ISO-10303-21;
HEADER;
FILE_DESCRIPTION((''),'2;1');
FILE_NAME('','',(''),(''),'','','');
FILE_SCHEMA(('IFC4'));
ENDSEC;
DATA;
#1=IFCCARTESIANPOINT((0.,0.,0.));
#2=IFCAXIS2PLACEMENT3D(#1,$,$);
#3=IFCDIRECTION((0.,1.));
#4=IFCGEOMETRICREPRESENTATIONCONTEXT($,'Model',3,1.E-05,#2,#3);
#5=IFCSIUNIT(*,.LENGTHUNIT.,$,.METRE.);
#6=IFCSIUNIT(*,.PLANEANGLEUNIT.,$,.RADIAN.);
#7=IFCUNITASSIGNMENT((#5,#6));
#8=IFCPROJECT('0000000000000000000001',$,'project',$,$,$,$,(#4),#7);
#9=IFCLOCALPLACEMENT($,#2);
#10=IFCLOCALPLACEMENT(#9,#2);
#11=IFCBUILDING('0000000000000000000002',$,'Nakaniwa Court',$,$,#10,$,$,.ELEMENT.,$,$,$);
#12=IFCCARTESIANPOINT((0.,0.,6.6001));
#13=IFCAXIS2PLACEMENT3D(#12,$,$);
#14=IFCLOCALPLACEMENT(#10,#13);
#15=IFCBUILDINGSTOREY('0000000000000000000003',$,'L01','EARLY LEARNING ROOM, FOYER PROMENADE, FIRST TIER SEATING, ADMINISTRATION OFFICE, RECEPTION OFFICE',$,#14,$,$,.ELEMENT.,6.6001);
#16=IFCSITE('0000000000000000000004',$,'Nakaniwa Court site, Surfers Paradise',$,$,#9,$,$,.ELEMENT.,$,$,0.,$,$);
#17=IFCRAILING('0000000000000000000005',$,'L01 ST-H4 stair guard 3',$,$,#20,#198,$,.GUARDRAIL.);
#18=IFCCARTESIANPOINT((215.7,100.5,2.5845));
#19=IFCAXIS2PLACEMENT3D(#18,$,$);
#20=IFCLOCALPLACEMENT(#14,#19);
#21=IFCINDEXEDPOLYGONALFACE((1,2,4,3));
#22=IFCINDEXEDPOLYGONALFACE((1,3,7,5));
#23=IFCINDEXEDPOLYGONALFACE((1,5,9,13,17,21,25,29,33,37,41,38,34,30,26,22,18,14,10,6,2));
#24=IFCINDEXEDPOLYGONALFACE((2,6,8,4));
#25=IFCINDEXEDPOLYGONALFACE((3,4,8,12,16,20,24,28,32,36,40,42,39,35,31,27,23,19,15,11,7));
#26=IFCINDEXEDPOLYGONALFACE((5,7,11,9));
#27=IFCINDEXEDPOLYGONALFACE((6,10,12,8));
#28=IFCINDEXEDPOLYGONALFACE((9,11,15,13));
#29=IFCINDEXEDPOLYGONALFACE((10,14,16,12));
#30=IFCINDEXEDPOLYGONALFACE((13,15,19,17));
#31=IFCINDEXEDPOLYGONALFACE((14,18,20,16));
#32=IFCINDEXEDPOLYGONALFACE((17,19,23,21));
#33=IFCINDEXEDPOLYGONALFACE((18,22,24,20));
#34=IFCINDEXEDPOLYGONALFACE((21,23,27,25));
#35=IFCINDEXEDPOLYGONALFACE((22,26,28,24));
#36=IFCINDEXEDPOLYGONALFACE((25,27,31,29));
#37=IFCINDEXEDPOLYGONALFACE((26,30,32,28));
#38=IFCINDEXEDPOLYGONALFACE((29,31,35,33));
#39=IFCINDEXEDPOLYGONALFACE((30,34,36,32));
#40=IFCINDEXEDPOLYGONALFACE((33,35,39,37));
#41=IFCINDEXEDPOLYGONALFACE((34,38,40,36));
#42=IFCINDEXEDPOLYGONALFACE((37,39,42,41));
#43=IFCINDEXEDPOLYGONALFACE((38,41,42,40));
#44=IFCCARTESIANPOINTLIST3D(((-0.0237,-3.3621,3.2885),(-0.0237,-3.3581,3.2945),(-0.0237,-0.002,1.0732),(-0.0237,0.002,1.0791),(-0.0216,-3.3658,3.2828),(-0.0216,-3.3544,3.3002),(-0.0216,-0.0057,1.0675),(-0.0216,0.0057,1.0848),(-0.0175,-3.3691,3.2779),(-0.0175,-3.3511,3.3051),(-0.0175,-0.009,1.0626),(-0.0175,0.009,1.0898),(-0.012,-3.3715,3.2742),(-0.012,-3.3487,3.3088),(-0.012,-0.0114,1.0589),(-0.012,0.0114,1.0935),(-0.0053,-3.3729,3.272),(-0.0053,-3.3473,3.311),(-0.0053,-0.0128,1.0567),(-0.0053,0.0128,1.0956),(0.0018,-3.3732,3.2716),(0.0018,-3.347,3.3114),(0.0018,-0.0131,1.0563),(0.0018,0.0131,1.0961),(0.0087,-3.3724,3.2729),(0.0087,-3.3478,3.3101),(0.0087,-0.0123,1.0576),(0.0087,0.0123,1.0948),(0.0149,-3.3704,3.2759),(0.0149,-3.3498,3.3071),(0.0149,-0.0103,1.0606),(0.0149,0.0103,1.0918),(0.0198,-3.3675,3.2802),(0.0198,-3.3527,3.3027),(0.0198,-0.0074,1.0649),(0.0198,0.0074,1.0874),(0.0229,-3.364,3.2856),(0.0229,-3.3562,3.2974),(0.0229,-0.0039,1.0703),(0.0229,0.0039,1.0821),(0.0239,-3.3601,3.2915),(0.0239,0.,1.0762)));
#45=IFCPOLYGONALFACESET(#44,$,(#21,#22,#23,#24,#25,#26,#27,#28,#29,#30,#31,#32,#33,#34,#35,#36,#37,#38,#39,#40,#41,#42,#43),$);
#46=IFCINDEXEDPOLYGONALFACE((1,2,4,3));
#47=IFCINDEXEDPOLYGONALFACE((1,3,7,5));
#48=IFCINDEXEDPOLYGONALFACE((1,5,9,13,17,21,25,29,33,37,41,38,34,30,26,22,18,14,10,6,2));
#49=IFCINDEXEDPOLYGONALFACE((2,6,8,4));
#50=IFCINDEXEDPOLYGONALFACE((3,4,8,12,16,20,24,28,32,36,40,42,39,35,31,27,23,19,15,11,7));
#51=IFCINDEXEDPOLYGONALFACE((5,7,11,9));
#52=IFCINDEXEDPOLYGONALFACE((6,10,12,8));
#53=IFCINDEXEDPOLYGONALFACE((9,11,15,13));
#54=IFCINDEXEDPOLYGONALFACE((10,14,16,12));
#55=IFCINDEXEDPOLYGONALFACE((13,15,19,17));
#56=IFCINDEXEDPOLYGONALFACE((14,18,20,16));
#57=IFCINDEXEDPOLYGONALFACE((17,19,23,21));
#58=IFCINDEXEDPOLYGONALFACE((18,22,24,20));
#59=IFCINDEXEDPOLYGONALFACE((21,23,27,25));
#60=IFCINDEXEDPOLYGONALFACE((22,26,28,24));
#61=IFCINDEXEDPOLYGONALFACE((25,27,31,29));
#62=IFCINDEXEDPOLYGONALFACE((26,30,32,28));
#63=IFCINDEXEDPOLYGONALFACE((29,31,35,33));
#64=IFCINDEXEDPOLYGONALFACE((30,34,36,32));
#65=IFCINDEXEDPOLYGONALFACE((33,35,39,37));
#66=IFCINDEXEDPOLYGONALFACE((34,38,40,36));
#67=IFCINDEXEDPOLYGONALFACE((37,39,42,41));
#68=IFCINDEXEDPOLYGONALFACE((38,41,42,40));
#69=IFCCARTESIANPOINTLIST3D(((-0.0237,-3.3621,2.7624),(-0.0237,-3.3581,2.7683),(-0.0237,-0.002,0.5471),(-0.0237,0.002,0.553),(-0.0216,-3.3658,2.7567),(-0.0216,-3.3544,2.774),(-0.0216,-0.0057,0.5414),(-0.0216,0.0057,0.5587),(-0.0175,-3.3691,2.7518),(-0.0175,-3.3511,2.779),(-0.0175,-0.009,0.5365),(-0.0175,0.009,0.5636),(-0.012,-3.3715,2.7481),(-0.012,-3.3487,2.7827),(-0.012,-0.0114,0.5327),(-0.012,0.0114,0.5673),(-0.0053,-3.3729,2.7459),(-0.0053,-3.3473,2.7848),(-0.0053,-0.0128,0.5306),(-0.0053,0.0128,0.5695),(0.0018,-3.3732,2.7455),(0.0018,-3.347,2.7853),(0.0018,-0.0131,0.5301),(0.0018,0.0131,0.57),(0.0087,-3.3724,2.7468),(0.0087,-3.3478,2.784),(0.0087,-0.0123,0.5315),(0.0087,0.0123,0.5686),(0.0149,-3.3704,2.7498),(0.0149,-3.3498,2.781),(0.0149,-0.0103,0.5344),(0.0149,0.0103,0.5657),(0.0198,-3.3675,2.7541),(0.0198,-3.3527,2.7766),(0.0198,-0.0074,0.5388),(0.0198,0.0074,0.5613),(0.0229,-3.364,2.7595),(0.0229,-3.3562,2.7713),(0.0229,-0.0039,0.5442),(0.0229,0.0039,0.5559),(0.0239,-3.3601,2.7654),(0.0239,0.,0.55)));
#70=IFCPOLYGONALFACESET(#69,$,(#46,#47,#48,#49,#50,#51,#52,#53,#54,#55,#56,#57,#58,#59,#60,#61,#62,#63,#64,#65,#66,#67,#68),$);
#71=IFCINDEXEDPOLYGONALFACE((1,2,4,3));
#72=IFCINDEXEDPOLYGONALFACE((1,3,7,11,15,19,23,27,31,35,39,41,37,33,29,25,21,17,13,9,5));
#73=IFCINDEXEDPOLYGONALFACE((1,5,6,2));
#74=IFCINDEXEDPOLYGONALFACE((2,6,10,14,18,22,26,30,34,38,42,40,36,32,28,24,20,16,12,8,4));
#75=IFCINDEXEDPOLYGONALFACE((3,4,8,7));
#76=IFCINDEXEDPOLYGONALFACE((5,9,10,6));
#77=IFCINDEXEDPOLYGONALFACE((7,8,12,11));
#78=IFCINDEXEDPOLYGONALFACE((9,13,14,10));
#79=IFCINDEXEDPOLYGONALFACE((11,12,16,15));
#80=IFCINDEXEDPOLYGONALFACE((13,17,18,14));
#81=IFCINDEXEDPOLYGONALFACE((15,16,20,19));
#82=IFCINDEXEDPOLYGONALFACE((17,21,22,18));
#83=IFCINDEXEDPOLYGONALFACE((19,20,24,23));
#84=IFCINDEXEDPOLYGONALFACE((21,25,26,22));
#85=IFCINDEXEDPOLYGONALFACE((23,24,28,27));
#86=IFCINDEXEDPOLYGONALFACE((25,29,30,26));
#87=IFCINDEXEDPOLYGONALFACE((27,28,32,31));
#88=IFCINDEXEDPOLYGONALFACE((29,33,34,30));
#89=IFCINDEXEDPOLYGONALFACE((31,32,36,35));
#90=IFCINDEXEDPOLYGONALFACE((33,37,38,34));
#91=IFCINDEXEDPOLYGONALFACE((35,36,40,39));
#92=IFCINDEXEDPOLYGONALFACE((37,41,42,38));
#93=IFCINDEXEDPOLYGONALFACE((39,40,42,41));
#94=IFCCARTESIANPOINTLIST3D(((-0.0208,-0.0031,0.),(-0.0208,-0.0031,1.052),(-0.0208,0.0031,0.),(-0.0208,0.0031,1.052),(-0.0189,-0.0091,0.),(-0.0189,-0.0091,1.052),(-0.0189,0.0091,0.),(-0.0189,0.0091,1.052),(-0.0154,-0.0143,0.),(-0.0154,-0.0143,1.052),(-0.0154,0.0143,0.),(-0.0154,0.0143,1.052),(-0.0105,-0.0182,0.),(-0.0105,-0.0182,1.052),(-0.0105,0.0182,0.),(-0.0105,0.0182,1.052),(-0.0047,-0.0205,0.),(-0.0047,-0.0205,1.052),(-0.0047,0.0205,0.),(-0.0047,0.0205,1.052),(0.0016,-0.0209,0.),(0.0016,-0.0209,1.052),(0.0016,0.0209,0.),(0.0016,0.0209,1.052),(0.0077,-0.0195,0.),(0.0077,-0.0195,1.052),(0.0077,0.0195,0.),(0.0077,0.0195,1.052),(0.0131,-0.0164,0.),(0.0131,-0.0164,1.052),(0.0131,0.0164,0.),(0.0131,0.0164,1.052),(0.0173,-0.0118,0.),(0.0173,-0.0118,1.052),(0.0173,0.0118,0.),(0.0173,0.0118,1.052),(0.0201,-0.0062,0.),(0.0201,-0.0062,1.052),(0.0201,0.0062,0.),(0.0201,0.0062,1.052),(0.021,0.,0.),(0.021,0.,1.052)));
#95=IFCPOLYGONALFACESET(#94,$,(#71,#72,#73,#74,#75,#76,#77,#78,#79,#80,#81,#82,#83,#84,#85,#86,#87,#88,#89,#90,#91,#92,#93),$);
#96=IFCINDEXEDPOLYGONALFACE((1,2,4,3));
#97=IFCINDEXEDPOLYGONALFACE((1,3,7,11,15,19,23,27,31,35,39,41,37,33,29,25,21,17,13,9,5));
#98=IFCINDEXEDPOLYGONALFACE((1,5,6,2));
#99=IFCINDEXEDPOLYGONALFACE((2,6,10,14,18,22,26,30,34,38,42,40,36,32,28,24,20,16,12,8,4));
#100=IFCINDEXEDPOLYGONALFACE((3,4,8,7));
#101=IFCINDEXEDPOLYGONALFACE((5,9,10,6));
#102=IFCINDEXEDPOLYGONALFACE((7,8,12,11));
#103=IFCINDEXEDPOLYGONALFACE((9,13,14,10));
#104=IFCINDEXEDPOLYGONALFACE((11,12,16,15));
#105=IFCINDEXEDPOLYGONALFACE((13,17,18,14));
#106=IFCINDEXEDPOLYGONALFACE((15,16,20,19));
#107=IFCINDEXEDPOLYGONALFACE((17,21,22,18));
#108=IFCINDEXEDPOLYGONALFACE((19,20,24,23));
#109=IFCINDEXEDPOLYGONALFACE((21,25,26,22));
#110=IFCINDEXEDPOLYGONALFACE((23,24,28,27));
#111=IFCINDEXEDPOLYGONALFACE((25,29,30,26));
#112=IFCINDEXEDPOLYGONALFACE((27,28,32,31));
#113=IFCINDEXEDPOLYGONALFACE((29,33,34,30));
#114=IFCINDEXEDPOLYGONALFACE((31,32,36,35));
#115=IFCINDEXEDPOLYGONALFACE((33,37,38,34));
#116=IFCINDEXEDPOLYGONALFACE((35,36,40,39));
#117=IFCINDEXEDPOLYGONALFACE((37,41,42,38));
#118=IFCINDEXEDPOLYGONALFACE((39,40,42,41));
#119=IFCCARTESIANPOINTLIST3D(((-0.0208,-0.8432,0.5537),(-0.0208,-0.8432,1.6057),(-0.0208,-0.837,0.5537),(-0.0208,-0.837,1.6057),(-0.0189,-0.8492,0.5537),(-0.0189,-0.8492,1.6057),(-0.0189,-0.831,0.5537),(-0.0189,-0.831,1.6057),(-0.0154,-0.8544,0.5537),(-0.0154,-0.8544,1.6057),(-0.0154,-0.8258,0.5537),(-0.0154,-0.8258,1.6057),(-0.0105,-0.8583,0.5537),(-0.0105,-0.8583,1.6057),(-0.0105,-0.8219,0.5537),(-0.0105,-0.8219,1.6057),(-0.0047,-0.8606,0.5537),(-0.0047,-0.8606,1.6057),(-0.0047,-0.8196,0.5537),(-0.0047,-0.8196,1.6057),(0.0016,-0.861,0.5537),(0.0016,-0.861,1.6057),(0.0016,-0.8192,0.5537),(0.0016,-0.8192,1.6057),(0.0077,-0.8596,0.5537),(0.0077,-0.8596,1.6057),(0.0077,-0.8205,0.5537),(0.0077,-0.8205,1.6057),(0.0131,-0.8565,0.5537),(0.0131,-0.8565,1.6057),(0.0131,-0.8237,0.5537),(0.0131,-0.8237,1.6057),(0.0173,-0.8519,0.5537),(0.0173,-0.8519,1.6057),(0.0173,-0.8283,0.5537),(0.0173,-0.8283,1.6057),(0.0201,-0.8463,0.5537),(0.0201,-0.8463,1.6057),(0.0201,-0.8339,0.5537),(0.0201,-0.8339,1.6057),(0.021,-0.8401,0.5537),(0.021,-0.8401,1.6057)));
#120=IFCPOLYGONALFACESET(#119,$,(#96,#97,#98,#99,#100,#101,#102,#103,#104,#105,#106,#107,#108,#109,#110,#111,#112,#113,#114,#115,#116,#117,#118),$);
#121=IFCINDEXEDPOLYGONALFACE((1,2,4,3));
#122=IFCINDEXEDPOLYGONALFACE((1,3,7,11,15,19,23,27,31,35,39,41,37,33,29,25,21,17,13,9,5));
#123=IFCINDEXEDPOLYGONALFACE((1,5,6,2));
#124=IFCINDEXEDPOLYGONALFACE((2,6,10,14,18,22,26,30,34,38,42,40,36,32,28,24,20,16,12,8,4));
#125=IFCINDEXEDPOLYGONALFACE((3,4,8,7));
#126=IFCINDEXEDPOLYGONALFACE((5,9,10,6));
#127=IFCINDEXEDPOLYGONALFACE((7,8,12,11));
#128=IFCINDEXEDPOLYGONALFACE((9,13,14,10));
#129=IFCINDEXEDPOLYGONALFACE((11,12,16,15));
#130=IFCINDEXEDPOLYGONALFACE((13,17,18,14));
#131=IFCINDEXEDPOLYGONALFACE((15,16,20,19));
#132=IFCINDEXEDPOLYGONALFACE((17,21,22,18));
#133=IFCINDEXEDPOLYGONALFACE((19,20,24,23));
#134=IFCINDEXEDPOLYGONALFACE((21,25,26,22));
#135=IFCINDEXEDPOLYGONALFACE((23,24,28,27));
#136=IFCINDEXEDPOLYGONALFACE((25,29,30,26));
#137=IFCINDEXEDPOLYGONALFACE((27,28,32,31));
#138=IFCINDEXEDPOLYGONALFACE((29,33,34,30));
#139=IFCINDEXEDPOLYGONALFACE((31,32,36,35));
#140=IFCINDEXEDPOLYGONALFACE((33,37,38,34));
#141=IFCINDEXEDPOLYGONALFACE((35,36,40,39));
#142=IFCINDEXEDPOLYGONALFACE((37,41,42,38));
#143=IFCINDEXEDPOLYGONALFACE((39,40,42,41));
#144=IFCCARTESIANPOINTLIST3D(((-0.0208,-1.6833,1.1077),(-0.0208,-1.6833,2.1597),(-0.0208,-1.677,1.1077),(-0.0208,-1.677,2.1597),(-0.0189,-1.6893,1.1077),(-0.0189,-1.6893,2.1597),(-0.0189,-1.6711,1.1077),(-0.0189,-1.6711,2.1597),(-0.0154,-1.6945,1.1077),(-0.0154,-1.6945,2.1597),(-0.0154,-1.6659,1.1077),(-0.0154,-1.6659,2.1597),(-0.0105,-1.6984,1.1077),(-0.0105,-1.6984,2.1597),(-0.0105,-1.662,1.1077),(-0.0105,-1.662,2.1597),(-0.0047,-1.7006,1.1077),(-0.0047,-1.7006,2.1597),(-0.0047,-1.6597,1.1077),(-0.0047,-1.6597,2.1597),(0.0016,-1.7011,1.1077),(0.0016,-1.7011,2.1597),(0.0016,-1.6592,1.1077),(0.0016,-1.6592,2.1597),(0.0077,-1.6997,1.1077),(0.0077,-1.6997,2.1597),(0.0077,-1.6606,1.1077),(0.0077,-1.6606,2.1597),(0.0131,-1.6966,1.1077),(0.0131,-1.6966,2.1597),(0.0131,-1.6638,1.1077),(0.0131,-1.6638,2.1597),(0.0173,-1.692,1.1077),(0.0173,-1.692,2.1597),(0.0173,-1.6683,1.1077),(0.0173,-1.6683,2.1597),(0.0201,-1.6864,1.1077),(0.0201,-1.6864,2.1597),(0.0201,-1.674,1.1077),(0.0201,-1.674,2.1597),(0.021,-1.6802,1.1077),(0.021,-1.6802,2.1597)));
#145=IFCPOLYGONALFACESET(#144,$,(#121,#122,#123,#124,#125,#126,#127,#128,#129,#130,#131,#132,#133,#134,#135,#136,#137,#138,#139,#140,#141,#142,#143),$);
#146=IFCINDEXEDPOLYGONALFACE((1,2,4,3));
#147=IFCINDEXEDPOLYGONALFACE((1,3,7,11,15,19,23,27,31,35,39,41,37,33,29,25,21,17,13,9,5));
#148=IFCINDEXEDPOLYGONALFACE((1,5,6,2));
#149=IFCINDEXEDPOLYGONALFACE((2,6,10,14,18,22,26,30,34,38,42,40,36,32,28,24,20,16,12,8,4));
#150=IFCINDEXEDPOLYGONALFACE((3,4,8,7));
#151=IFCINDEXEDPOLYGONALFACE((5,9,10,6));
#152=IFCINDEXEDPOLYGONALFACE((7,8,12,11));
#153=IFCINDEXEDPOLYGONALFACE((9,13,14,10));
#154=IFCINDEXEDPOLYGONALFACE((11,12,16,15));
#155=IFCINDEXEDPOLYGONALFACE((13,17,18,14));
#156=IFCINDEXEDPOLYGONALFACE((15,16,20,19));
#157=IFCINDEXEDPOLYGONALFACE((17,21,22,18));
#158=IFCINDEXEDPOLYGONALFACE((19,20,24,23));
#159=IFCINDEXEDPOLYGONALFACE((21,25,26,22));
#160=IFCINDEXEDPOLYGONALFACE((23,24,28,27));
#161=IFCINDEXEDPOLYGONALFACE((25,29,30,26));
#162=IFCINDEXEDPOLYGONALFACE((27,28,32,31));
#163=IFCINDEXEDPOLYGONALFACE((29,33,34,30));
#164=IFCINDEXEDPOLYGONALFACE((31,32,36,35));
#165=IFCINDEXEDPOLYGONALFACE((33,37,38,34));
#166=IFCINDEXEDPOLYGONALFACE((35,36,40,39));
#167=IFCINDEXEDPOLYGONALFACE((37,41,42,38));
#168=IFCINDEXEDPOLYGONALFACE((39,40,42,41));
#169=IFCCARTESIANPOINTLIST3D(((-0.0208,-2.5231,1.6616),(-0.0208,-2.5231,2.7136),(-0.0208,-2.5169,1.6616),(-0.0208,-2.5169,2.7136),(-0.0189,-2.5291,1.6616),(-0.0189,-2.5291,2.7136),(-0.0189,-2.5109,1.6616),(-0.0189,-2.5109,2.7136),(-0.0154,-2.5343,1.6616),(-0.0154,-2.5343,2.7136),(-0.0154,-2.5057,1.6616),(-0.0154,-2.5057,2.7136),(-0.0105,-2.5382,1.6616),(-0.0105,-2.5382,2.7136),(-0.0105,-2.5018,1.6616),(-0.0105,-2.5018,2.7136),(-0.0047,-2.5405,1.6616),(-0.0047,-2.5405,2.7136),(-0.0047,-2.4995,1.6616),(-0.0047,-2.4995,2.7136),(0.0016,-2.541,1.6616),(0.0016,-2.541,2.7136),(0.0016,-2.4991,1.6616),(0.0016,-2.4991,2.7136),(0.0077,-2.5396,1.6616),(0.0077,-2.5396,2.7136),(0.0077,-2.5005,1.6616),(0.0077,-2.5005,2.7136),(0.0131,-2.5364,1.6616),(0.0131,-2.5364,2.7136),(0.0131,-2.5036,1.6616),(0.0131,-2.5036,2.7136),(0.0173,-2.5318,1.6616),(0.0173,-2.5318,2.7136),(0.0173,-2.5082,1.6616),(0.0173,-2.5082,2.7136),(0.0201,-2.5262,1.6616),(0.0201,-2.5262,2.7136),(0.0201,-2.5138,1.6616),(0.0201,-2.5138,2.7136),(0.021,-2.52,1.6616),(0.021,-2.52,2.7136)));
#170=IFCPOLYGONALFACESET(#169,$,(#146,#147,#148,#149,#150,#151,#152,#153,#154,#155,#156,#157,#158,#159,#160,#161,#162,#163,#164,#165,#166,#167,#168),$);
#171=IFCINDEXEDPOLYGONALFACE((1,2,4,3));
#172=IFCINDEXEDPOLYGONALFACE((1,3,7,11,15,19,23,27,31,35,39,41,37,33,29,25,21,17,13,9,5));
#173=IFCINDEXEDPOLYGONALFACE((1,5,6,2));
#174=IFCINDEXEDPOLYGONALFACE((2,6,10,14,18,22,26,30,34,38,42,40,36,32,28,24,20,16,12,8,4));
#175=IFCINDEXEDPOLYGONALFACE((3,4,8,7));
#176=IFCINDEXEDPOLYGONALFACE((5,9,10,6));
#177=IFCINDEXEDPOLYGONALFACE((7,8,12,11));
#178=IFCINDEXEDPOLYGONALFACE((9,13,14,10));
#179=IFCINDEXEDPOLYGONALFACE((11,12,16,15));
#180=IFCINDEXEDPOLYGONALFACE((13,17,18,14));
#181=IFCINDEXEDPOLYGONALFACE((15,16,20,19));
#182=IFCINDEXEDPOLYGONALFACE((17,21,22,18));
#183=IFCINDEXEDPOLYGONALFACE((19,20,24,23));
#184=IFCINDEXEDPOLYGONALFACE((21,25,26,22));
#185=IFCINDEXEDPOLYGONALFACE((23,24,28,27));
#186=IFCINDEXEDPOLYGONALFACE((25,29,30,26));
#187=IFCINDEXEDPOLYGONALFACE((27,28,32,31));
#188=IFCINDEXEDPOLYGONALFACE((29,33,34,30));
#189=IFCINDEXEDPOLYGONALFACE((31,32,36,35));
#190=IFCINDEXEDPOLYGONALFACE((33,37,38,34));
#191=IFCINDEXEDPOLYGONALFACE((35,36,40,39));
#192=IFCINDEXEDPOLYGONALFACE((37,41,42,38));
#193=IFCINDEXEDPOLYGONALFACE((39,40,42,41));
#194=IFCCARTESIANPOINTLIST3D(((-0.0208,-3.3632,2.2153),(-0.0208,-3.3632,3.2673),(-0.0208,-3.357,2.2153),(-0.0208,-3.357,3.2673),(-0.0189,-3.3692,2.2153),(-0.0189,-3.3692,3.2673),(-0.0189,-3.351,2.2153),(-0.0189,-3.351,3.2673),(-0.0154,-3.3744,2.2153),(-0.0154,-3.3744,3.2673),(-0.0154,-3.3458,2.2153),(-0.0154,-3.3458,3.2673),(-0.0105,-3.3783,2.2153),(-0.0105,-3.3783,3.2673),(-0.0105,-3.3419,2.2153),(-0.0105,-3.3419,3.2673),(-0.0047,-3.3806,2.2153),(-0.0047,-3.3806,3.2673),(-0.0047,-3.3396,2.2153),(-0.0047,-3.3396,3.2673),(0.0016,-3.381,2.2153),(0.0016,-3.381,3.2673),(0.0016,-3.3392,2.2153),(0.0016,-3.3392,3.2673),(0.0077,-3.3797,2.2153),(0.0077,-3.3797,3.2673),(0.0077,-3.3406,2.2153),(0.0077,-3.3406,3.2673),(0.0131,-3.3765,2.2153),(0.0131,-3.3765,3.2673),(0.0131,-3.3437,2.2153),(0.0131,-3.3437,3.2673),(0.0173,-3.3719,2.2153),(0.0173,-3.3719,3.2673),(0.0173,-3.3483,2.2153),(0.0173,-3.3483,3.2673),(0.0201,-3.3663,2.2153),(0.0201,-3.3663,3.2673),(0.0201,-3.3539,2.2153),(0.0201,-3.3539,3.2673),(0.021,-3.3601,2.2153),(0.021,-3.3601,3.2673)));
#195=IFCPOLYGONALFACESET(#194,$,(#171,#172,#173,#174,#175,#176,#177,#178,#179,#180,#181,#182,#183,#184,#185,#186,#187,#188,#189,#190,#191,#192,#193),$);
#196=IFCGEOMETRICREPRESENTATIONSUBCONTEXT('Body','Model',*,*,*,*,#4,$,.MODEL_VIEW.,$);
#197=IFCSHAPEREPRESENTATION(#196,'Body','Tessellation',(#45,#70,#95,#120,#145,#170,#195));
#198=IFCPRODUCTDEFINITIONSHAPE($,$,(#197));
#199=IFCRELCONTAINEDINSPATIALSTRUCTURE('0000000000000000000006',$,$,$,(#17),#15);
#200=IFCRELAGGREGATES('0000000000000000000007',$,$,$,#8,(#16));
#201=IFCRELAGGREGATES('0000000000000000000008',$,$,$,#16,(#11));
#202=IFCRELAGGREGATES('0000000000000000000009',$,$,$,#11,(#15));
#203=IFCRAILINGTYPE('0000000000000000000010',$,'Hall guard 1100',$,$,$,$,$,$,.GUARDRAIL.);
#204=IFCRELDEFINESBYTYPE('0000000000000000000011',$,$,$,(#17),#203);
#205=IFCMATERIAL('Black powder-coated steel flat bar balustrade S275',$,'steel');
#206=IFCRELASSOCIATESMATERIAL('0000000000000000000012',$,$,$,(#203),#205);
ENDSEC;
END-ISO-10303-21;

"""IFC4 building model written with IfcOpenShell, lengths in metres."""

from ifc_helpers import new_model, si_unit, direction, frame, origin, origin_2d, place, context, subcontext, project, spatial, circle, extrude, material, type_object, element, save


model = new_model("IFC4")

# Units and contexts
model_context = context("Model", 3, precision=1e-05, world=origin(), true_north=direction((0.0, 1.0)))
body_context = subcontext(model_context, "Body", "Model", "MODEL_VIEW")
ifc_project = project(units=[si_unit("LENGTHUNIT", "METRE"), si_unit("PLANEANGLEUNIT", "RADIAN")], contexts=[model_context])

# Site, building, storey
site_placement = place(None, origin())
site = spatial("IfcSite", under=ifc_project, at=site_placement, Name="Nakaniwa Court site, Surfers Paradise", CompositionType="ELEMENT", RefElevation=0.0)
building_placement = place(site_placement, origin())
building = spatial("IfcBuilding", under=site, at=building_placement, Name="Nakaniwa Court", CompositionType="ELEMENT")
storey_placement = place(building_placement, frame((0.0, 0.0, 6.6001)))
storey = spatial("IfcBuildingStorey", under=building, at=storey_placement, Name="L01", Description="EARLY LEARNING ROOM, FOYER PROMENADE, FIRST TIER SEATING, ADMINISTRATION OFFICE, RECEPTION OFFICE", CompositionType="ELEMENT", Elevation=6.6001)

# Railing
ifc_material_1 = material(Name="Black powder-coated steel flat bar balustrade S275", Category="steel")
railing_type_1 = type_object("IfcRailingType", Name="Hall guard 1100", PredefinedType="GUARDRAIL", material=ifc_material_1)
railing_1_placement = place(storey_placement, frame((215.7, 100.5, 2.5845)))
element("IfcRailing", 1, at=railing_1_placement, inside=storey, type_object=railing_type_1, Name="L01 ST-H4 stair guard 3", PredefinedType="GUARDRAIL", context=body_context, shape_type="SweptSolid", body=[
    extrude(circle(Radius=0.0239, at=origin_2d()), frame((0.0, 0.0, 1.0762), z_axis=(0.0, -0.834876, 0.550437), x_axis=(1.0, 0.0, 0.0)), (0.0, 0.0, 1.0), 4.0247),
    extrude(circle(Radius=0.0239, at=origin_2d()), frame((0.0, 0.0, 0.55), z_axis=(0.0, -0.834876, 0.550437), x_axis=(1.0, 0.0, 0.0)), (0.0, 0.0, 1.0), 4.0247),
    extrude(circle(Radius=0.021, at=origin_2d()), origin(), (0.0, 0.0, 1.0), 1.052),
    extrude(circle(Radius=0.021, at=origin_2d()), frame((0.0, -0.8401, 0.5537)), (0.0, 0.0, 1.0), 1.052),
    extrude(circle(Radius=0.021, at=origin_2d()), frame((0.0, -1.6802, 1.1077)), (0.0, 0.0, 1.0), 1.052),
    extrude(circle(Radius=0.021, at=origin_2d()), frame((0.0, -2.52, 1.6616)), (0.0, 0.0, 1.0), 1.052),
    extrude(circle(Radius=0.021, at=origin_2d()), frame((0.0, -3.3601, 2.2153)), (0.0, 0.0, 1.0), 1.052),
])

save(model, "model.ifc")
